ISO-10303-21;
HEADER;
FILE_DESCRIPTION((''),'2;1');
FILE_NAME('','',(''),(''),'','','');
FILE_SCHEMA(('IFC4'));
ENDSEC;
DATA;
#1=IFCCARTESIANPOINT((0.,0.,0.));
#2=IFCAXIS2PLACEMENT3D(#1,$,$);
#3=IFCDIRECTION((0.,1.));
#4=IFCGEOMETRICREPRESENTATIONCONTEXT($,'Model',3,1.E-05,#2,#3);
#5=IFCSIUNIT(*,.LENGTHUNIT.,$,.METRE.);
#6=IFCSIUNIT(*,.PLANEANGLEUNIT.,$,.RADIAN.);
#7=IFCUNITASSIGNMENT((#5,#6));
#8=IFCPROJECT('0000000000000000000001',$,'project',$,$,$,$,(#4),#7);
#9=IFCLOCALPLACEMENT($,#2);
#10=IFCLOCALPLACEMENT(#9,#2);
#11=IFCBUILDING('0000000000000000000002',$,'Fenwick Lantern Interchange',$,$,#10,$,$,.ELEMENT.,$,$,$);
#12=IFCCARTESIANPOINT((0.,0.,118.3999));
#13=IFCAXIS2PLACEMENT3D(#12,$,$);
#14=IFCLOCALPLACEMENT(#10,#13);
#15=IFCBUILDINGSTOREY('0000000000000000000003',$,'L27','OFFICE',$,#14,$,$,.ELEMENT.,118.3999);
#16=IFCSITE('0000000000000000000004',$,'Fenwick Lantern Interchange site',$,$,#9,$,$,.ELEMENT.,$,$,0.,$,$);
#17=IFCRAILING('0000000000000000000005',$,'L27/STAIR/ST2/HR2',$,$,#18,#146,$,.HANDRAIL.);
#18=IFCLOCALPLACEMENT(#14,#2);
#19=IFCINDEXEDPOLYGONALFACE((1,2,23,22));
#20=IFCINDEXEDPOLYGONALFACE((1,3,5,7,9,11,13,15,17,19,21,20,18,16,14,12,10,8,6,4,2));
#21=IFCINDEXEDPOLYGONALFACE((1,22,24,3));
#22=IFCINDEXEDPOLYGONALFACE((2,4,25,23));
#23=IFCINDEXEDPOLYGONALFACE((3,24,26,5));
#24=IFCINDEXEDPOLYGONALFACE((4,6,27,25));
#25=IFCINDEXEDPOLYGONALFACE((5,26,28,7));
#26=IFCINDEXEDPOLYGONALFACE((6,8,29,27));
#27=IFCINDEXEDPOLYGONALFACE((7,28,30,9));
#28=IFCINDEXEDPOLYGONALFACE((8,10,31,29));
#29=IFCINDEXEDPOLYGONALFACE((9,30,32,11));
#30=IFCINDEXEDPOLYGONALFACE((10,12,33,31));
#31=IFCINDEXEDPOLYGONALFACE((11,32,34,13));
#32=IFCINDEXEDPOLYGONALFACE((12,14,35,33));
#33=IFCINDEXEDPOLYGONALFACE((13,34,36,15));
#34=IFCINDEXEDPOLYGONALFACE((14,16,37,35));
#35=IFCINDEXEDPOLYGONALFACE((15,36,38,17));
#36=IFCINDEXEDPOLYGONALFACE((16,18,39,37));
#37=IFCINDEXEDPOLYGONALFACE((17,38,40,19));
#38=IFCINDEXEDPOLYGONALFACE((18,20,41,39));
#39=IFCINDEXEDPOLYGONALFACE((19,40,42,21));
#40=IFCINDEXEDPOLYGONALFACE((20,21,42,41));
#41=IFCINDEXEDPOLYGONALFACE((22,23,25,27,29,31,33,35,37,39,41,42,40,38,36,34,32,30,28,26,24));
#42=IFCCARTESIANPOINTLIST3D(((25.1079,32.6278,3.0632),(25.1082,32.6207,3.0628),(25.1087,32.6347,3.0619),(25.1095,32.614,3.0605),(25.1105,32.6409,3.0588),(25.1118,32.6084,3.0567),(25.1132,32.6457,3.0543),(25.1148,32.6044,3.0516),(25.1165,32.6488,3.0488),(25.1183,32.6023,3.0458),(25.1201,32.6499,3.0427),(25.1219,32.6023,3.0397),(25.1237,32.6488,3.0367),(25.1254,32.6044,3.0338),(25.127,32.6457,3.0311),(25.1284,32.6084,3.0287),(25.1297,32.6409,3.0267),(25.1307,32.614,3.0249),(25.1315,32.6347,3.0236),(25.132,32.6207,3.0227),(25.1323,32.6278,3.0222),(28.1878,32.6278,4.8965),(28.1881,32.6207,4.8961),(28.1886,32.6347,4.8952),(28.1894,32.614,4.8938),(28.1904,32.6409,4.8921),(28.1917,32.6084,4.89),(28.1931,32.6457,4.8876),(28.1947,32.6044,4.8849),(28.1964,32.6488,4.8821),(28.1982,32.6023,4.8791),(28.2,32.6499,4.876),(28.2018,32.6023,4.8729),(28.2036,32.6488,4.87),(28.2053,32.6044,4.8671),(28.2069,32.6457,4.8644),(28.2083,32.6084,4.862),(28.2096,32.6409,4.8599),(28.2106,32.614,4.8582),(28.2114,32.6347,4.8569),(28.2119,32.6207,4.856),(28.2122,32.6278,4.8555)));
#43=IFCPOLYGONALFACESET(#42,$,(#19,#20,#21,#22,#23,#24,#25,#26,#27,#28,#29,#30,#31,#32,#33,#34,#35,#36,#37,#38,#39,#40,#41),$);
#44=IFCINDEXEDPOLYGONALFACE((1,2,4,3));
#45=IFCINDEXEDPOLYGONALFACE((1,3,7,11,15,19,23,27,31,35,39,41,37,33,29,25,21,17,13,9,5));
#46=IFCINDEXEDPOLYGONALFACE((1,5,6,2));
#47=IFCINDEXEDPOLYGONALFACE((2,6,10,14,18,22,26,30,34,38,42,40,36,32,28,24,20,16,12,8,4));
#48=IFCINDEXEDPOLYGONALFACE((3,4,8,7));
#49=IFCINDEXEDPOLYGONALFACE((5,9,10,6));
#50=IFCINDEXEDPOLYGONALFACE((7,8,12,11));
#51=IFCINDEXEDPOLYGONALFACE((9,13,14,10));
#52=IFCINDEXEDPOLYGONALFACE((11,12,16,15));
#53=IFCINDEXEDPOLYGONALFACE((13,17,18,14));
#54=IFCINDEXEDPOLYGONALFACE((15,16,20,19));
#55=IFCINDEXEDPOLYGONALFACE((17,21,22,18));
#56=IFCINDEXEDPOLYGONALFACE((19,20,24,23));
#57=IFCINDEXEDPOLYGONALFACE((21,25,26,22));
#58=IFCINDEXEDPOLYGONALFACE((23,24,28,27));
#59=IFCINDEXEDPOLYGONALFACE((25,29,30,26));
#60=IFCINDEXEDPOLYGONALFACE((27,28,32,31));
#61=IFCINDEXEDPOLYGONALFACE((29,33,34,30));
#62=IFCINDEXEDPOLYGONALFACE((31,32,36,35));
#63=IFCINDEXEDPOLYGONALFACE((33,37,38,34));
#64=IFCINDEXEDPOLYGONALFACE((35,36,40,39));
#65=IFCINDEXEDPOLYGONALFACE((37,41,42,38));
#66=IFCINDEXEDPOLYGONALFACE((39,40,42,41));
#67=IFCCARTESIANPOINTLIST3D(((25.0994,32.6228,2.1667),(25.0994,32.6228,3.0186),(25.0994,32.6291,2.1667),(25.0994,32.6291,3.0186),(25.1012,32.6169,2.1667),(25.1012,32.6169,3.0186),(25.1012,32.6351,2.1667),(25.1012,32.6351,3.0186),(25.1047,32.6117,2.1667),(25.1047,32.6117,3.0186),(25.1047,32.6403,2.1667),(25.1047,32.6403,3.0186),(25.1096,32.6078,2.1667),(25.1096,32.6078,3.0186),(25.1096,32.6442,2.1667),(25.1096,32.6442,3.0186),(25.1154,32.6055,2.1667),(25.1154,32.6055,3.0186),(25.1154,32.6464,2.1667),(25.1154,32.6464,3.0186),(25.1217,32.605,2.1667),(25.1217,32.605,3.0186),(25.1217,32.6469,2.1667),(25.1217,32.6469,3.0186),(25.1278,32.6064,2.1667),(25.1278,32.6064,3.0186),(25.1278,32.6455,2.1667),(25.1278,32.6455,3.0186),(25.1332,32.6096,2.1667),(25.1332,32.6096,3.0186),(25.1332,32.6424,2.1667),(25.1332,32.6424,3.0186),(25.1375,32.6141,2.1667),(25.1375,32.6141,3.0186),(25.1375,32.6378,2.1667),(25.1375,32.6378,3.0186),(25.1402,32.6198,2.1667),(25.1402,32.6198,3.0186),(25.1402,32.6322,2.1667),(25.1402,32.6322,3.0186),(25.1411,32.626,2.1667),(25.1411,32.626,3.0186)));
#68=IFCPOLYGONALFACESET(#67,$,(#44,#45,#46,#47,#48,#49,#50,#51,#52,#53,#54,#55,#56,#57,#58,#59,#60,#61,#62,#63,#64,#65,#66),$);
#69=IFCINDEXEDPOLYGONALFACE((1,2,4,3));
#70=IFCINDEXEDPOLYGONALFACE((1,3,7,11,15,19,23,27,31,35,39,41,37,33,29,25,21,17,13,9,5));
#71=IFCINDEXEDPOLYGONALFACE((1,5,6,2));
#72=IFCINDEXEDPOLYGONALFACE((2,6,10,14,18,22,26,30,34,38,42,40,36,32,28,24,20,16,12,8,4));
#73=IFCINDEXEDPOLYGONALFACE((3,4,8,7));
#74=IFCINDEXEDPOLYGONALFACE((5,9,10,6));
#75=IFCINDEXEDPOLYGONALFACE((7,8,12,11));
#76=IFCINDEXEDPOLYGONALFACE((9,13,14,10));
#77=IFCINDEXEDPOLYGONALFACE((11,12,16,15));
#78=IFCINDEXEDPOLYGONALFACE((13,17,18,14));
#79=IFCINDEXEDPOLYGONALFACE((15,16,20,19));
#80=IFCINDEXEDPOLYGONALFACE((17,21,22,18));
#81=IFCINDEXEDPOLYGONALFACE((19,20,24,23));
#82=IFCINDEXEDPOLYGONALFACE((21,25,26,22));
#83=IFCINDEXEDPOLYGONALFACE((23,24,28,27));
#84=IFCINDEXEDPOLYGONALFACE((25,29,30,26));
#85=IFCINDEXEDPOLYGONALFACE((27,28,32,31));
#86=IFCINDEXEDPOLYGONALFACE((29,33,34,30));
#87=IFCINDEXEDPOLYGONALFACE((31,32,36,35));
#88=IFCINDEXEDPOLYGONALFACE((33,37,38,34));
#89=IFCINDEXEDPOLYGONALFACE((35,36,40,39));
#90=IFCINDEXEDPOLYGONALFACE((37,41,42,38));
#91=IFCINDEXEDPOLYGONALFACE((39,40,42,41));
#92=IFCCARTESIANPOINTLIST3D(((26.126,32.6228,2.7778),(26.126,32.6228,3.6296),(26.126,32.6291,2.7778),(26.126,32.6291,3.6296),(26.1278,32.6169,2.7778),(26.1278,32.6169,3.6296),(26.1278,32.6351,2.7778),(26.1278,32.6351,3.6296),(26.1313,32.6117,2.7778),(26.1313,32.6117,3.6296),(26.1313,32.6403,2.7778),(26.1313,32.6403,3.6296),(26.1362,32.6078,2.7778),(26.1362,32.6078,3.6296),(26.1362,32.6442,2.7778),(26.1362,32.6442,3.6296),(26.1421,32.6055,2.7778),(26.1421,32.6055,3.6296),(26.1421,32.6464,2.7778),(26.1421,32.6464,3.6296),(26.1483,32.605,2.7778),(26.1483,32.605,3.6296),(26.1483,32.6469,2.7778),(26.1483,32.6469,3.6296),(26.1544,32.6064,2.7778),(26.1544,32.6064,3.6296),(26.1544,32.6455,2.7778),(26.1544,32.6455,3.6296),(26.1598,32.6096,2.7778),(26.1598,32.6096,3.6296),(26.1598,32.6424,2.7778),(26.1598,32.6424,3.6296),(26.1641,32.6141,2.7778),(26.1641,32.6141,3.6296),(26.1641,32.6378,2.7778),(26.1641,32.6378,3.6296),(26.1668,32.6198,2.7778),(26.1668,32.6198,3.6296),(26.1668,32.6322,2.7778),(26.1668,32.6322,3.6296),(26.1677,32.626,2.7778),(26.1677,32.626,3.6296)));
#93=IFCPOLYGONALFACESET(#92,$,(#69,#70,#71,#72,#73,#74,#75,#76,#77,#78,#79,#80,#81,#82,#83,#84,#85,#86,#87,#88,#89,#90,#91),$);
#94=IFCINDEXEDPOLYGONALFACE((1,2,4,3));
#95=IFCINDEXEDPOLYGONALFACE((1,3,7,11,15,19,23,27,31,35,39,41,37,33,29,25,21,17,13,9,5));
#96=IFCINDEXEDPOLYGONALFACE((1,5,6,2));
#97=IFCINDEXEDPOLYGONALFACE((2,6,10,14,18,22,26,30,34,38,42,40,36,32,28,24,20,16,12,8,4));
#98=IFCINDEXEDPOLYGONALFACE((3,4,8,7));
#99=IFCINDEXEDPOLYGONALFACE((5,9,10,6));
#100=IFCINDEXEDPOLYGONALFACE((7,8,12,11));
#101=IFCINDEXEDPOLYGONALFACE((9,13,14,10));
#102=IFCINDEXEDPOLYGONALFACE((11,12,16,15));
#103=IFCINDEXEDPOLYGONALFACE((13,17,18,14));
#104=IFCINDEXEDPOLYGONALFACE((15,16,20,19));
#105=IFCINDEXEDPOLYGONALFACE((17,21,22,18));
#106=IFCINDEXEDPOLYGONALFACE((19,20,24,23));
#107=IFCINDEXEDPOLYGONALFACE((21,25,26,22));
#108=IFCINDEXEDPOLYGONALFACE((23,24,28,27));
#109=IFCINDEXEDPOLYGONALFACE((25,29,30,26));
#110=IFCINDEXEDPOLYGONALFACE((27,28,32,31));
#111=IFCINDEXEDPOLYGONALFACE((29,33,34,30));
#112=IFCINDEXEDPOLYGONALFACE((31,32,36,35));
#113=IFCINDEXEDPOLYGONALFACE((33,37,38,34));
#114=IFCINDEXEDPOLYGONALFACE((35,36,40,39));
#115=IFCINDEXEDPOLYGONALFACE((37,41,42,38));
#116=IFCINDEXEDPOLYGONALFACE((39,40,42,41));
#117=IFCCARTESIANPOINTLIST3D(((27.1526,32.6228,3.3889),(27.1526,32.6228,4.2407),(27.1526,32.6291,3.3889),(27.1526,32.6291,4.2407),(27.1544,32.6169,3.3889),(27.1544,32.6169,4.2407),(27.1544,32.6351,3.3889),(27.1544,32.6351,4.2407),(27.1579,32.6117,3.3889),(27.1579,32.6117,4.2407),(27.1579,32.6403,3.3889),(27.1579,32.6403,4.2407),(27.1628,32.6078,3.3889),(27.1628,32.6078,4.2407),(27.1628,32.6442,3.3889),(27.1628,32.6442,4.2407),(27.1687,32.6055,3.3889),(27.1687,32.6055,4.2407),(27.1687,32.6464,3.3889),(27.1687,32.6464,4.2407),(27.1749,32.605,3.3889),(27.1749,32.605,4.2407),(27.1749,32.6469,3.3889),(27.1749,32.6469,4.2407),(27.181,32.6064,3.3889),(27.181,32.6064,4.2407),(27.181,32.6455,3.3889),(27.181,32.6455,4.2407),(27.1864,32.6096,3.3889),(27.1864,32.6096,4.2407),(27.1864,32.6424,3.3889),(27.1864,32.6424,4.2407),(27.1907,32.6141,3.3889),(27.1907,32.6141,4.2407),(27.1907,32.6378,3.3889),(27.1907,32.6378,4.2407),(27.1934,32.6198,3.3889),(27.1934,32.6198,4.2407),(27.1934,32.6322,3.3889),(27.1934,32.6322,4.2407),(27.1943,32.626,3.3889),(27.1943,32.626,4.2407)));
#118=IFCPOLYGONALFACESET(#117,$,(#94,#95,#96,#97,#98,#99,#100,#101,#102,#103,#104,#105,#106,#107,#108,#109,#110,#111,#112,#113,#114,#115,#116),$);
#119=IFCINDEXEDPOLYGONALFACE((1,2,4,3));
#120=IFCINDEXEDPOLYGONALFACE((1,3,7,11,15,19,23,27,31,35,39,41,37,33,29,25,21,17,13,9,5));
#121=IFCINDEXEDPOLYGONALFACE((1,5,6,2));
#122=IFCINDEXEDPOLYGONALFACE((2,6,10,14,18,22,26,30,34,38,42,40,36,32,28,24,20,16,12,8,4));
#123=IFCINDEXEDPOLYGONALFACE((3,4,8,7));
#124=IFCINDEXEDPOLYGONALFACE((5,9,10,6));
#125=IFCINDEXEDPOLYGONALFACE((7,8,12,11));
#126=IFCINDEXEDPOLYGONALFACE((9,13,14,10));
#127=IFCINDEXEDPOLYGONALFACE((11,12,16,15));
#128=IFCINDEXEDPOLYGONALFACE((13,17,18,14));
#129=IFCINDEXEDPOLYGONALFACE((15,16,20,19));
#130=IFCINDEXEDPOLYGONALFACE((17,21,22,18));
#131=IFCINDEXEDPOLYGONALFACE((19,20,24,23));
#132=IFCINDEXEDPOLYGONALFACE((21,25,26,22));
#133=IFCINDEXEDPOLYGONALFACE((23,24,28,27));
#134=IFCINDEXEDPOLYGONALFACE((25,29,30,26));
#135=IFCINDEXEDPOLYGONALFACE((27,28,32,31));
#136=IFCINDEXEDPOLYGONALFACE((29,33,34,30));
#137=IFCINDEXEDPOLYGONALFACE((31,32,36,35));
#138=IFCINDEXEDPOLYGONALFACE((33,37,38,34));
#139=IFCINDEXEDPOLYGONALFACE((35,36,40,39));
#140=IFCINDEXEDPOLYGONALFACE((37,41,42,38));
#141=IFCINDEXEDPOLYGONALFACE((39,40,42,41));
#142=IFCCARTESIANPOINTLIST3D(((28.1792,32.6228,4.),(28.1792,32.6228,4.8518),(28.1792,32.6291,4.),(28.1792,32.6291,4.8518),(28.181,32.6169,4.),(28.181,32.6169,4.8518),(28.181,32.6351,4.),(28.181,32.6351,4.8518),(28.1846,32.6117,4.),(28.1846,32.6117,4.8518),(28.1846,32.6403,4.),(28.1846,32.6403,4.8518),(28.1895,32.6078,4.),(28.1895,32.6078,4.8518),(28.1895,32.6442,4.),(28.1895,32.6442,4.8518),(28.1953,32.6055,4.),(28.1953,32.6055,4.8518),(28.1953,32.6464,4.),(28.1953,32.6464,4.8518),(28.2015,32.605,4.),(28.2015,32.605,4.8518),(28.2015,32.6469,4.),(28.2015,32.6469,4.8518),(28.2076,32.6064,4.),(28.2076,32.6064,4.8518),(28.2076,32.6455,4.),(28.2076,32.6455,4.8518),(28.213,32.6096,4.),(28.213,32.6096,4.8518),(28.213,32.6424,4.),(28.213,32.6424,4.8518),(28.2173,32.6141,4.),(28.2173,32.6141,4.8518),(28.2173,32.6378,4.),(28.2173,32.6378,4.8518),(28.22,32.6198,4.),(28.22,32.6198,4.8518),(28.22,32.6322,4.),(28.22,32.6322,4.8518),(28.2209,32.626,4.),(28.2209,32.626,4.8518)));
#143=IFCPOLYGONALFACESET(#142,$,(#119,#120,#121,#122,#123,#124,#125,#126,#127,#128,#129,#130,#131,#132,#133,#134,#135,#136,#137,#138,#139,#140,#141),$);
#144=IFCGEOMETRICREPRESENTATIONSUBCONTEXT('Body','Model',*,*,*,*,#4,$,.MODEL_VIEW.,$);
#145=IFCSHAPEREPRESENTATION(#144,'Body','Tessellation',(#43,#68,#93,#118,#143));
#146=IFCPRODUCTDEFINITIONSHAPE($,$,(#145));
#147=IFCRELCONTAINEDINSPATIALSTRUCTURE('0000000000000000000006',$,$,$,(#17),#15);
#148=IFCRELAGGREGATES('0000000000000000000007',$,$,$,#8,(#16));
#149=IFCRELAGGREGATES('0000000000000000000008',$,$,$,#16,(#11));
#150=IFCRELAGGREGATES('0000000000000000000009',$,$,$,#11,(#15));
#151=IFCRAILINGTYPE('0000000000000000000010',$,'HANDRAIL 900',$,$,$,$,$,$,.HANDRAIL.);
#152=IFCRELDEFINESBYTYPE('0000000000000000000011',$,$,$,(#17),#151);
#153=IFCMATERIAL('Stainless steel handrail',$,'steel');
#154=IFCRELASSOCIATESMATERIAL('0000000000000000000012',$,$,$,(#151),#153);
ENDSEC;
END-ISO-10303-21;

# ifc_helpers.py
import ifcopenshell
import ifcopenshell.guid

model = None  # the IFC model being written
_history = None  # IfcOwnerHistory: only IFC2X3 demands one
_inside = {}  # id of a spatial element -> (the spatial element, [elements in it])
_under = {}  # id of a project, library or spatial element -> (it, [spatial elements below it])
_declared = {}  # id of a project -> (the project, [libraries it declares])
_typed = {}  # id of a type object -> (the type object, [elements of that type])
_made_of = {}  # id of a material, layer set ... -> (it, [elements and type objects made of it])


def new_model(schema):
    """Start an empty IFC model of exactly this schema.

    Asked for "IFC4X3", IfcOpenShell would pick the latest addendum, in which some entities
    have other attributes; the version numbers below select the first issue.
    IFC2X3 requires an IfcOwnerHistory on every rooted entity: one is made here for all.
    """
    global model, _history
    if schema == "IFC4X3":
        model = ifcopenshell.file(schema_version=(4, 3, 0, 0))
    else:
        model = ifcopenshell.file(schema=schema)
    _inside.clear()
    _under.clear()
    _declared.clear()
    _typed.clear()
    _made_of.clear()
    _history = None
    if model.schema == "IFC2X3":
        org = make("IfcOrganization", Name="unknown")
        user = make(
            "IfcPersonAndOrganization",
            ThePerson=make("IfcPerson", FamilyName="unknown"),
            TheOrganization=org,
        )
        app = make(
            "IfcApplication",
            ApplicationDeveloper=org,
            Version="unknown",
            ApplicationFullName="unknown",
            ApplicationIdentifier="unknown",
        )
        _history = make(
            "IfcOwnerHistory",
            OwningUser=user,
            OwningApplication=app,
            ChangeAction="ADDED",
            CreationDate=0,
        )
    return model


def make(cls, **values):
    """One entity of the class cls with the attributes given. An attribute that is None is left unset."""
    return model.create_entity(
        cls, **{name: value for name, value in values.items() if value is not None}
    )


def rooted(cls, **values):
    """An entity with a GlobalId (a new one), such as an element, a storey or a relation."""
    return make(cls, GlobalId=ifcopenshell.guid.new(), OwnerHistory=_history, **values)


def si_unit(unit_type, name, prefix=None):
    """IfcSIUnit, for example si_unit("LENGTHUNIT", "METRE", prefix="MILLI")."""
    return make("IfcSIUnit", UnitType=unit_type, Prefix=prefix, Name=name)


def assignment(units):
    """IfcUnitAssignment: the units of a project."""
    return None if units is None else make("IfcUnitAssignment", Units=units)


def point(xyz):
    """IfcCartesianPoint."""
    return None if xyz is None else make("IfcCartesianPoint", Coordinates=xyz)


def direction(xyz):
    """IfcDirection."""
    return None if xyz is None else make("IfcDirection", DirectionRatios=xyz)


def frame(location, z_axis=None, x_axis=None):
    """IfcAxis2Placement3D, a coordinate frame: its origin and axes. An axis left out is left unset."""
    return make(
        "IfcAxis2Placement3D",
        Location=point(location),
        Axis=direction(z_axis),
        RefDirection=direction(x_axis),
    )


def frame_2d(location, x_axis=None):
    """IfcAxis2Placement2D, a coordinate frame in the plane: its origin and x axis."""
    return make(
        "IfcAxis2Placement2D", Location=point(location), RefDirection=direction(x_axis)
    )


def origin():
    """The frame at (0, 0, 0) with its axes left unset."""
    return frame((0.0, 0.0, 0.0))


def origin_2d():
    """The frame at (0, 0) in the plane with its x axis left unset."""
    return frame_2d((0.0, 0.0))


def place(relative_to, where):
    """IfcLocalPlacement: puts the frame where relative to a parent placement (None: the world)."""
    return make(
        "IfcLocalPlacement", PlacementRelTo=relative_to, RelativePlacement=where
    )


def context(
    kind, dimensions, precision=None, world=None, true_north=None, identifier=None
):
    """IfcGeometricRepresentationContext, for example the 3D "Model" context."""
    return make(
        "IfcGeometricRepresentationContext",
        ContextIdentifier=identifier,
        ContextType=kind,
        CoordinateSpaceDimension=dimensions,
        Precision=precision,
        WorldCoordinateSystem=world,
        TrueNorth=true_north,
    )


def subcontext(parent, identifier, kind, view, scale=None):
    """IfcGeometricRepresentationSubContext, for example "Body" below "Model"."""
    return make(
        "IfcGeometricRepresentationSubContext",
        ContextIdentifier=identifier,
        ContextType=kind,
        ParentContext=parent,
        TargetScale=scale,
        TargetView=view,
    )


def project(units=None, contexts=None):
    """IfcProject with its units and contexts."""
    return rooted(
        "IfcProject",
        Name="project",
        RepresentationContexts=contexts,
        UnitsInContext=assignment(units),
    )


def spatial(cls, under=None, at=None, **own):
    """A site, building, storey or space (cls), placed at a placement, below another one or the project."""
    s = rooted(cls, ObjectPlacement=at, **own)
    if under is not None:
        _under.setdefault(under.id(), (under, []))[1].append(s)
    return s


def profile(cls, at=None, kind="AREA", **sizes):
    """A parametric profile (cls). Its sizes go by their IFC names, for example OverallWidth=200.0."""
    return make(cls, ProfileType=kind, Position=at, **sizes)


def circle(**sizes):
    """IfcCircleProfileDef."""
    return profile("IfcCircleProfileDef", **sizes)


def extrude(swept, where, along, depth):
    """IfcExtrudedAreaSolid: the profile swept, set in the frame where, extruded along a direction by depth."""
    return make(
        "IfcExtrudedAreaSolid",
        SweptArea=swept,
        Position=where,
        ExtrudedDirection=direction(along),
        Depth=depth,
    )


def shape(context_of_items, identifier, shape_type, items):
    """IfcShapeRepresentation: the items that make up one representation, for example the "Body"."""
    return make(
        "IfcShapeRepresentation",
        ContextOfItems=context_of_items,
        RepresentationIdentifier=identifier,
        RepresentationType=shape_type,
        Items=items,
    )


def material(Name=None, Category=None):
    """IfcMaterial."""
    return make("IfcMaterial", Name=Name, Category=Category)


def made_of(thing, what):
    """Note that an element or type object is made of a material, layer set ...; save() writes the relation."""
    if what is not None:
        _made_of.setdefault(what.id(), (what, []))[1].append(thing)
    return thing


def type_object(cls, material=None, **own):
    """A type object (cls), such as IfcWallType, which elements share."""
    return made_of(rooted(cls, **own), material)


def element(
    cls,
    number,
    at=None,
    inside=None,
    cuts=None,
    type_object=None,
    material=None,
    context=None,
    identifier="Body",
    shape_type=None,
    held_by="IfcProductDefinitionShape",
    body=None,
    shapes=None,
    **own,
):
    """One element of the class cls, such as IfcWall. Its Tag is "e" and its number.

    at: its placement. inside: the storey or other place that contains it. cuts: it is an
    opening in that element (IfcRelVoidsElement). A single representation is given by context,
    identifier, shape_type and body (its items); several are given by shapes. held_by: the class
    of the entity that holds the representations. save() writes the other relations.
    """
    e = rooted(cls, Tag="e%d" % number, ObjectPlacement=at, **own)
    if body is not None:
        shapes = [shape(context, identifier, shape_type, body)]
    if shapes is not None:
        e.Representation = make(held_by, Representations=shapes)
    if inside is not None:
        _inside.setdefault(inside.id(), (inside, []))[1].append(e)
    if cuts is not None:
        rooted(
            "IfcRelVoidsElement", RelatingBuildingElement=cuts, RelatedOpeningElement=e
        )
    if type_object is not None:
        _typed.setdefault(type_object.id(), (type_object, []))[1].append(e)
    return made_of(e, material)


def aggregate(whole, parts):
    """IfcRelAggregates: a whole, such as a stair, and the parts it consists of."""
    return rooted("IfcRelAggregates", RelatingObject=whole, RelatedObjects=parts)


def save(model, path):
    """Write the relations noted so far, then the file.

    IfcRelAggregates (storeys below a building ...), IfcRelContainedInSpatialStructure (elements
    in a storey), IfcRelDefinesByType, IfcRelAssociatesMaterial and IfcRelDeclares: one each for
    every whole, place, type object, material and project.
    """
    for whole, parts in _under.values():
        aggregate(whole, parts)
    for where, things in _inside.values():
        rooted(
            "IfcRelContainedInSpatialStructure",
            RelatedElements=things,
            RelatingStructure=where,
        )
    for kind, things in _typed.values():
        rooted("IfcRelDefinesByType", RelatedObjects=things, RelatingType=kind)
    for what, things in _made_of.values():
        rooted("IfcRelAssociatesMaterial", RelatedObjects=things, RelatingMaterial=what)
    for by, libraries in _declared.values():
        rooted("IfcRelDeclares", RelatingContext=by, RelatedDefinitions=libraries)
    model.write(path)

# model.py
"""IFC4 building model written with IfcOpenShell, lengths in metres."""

from ifc_helpers import new_model, si_unit, direction, frame, origin, origin_2d, place, context, subcontext, project, spatial, circle, extrude, material, type_object, element, save


model = new_model("IFC4")

# Units and contexts
model_context = context("Model", 3, precision=1e-05, world=origin(), true_north=direction((0.0, 1.0)))
body_context = subcontext(model_context, "Body", "Model", "MODEL_VIEW")
ifc_project = project(units=[si_unit("LENGTHUNIT", "METRE"), si_unit("PLANEANGLEUNIT", "RADIAN")], contexts=[model_context])

# Site, building, storey
site_placement = place(None, origin())
site = spatial("IfcSite", under=ifc_project, at=site_placement, Name="Fenwick Lantern Interchange site", CompositionType="ELEMENT", RefElevation=0.0)
building_placement = place(site_placement, origin())
building = spatial("IfcBuilding", under=site, at=building_placement, Name="Fenwick Lantern Interchange", CompositionType="ELEMENT")
storey_placement = place(building_placement, frame((0.0, 0.0, 118.3999)))
storey = spatial("IfcBuildingStorey", under=building, at=storey_placement, Name="L27", Description="OFFICE", CompositionType="ELEMENT", Elevation=118.3999)

# Railing
ifc_material_1 = material(Name="Stainless steel handrail", Category="steel")
railing_type = type_object("IfcRailingType", Name="HANDRAIL 900", PredefinedType="HANDRAIL", material=ifc_material_1)
railing_1_placement = place(storey_placement, frame((25.1201, 32.626, 2.1667)))
element("IfcRailing", 1, at=railing_1_placement, inside=storey, type_object=railing_type, Name="L27/STAIR/ST2/HR2", PredefinedType="HANDRAIL", context=body_context, shape_type="SweptSolid", body=[
    extrude(circle(Radius=0.0239, at=origin_2d()), frame((0.0, 0.0, 0.876), z_axis=(0.859291, 0.0, 0.511487), x_axis=(0.0, 1.0, 0.0)), (0.0, 0.0, 1.0), 3.5842),
    extrude(circle(Radius=0.021, at=origin_2d()), origin(), (0.0, 0.0, 1.0), 0.8518),
    extrude(circle(Radius=0.021, at=origin_2d()), frame((1.0266, 0.0, 0.6111)), (0.0, 0.0, 1.0), 0.8518),
    extrude(circle(Radius=0.021, at=origin_2d()), frame((2.0532, 0.0, 1.2222)), (0.0, 0.0, 1.0), 0.8518),
    extrude(circle(Radius=0.021, at=origin_2d()), frame((3.0798, 0.0, 1.8333)), (0.0, 0.0, 1.0), 0.8518),
])

save(model, "model.ifc")
